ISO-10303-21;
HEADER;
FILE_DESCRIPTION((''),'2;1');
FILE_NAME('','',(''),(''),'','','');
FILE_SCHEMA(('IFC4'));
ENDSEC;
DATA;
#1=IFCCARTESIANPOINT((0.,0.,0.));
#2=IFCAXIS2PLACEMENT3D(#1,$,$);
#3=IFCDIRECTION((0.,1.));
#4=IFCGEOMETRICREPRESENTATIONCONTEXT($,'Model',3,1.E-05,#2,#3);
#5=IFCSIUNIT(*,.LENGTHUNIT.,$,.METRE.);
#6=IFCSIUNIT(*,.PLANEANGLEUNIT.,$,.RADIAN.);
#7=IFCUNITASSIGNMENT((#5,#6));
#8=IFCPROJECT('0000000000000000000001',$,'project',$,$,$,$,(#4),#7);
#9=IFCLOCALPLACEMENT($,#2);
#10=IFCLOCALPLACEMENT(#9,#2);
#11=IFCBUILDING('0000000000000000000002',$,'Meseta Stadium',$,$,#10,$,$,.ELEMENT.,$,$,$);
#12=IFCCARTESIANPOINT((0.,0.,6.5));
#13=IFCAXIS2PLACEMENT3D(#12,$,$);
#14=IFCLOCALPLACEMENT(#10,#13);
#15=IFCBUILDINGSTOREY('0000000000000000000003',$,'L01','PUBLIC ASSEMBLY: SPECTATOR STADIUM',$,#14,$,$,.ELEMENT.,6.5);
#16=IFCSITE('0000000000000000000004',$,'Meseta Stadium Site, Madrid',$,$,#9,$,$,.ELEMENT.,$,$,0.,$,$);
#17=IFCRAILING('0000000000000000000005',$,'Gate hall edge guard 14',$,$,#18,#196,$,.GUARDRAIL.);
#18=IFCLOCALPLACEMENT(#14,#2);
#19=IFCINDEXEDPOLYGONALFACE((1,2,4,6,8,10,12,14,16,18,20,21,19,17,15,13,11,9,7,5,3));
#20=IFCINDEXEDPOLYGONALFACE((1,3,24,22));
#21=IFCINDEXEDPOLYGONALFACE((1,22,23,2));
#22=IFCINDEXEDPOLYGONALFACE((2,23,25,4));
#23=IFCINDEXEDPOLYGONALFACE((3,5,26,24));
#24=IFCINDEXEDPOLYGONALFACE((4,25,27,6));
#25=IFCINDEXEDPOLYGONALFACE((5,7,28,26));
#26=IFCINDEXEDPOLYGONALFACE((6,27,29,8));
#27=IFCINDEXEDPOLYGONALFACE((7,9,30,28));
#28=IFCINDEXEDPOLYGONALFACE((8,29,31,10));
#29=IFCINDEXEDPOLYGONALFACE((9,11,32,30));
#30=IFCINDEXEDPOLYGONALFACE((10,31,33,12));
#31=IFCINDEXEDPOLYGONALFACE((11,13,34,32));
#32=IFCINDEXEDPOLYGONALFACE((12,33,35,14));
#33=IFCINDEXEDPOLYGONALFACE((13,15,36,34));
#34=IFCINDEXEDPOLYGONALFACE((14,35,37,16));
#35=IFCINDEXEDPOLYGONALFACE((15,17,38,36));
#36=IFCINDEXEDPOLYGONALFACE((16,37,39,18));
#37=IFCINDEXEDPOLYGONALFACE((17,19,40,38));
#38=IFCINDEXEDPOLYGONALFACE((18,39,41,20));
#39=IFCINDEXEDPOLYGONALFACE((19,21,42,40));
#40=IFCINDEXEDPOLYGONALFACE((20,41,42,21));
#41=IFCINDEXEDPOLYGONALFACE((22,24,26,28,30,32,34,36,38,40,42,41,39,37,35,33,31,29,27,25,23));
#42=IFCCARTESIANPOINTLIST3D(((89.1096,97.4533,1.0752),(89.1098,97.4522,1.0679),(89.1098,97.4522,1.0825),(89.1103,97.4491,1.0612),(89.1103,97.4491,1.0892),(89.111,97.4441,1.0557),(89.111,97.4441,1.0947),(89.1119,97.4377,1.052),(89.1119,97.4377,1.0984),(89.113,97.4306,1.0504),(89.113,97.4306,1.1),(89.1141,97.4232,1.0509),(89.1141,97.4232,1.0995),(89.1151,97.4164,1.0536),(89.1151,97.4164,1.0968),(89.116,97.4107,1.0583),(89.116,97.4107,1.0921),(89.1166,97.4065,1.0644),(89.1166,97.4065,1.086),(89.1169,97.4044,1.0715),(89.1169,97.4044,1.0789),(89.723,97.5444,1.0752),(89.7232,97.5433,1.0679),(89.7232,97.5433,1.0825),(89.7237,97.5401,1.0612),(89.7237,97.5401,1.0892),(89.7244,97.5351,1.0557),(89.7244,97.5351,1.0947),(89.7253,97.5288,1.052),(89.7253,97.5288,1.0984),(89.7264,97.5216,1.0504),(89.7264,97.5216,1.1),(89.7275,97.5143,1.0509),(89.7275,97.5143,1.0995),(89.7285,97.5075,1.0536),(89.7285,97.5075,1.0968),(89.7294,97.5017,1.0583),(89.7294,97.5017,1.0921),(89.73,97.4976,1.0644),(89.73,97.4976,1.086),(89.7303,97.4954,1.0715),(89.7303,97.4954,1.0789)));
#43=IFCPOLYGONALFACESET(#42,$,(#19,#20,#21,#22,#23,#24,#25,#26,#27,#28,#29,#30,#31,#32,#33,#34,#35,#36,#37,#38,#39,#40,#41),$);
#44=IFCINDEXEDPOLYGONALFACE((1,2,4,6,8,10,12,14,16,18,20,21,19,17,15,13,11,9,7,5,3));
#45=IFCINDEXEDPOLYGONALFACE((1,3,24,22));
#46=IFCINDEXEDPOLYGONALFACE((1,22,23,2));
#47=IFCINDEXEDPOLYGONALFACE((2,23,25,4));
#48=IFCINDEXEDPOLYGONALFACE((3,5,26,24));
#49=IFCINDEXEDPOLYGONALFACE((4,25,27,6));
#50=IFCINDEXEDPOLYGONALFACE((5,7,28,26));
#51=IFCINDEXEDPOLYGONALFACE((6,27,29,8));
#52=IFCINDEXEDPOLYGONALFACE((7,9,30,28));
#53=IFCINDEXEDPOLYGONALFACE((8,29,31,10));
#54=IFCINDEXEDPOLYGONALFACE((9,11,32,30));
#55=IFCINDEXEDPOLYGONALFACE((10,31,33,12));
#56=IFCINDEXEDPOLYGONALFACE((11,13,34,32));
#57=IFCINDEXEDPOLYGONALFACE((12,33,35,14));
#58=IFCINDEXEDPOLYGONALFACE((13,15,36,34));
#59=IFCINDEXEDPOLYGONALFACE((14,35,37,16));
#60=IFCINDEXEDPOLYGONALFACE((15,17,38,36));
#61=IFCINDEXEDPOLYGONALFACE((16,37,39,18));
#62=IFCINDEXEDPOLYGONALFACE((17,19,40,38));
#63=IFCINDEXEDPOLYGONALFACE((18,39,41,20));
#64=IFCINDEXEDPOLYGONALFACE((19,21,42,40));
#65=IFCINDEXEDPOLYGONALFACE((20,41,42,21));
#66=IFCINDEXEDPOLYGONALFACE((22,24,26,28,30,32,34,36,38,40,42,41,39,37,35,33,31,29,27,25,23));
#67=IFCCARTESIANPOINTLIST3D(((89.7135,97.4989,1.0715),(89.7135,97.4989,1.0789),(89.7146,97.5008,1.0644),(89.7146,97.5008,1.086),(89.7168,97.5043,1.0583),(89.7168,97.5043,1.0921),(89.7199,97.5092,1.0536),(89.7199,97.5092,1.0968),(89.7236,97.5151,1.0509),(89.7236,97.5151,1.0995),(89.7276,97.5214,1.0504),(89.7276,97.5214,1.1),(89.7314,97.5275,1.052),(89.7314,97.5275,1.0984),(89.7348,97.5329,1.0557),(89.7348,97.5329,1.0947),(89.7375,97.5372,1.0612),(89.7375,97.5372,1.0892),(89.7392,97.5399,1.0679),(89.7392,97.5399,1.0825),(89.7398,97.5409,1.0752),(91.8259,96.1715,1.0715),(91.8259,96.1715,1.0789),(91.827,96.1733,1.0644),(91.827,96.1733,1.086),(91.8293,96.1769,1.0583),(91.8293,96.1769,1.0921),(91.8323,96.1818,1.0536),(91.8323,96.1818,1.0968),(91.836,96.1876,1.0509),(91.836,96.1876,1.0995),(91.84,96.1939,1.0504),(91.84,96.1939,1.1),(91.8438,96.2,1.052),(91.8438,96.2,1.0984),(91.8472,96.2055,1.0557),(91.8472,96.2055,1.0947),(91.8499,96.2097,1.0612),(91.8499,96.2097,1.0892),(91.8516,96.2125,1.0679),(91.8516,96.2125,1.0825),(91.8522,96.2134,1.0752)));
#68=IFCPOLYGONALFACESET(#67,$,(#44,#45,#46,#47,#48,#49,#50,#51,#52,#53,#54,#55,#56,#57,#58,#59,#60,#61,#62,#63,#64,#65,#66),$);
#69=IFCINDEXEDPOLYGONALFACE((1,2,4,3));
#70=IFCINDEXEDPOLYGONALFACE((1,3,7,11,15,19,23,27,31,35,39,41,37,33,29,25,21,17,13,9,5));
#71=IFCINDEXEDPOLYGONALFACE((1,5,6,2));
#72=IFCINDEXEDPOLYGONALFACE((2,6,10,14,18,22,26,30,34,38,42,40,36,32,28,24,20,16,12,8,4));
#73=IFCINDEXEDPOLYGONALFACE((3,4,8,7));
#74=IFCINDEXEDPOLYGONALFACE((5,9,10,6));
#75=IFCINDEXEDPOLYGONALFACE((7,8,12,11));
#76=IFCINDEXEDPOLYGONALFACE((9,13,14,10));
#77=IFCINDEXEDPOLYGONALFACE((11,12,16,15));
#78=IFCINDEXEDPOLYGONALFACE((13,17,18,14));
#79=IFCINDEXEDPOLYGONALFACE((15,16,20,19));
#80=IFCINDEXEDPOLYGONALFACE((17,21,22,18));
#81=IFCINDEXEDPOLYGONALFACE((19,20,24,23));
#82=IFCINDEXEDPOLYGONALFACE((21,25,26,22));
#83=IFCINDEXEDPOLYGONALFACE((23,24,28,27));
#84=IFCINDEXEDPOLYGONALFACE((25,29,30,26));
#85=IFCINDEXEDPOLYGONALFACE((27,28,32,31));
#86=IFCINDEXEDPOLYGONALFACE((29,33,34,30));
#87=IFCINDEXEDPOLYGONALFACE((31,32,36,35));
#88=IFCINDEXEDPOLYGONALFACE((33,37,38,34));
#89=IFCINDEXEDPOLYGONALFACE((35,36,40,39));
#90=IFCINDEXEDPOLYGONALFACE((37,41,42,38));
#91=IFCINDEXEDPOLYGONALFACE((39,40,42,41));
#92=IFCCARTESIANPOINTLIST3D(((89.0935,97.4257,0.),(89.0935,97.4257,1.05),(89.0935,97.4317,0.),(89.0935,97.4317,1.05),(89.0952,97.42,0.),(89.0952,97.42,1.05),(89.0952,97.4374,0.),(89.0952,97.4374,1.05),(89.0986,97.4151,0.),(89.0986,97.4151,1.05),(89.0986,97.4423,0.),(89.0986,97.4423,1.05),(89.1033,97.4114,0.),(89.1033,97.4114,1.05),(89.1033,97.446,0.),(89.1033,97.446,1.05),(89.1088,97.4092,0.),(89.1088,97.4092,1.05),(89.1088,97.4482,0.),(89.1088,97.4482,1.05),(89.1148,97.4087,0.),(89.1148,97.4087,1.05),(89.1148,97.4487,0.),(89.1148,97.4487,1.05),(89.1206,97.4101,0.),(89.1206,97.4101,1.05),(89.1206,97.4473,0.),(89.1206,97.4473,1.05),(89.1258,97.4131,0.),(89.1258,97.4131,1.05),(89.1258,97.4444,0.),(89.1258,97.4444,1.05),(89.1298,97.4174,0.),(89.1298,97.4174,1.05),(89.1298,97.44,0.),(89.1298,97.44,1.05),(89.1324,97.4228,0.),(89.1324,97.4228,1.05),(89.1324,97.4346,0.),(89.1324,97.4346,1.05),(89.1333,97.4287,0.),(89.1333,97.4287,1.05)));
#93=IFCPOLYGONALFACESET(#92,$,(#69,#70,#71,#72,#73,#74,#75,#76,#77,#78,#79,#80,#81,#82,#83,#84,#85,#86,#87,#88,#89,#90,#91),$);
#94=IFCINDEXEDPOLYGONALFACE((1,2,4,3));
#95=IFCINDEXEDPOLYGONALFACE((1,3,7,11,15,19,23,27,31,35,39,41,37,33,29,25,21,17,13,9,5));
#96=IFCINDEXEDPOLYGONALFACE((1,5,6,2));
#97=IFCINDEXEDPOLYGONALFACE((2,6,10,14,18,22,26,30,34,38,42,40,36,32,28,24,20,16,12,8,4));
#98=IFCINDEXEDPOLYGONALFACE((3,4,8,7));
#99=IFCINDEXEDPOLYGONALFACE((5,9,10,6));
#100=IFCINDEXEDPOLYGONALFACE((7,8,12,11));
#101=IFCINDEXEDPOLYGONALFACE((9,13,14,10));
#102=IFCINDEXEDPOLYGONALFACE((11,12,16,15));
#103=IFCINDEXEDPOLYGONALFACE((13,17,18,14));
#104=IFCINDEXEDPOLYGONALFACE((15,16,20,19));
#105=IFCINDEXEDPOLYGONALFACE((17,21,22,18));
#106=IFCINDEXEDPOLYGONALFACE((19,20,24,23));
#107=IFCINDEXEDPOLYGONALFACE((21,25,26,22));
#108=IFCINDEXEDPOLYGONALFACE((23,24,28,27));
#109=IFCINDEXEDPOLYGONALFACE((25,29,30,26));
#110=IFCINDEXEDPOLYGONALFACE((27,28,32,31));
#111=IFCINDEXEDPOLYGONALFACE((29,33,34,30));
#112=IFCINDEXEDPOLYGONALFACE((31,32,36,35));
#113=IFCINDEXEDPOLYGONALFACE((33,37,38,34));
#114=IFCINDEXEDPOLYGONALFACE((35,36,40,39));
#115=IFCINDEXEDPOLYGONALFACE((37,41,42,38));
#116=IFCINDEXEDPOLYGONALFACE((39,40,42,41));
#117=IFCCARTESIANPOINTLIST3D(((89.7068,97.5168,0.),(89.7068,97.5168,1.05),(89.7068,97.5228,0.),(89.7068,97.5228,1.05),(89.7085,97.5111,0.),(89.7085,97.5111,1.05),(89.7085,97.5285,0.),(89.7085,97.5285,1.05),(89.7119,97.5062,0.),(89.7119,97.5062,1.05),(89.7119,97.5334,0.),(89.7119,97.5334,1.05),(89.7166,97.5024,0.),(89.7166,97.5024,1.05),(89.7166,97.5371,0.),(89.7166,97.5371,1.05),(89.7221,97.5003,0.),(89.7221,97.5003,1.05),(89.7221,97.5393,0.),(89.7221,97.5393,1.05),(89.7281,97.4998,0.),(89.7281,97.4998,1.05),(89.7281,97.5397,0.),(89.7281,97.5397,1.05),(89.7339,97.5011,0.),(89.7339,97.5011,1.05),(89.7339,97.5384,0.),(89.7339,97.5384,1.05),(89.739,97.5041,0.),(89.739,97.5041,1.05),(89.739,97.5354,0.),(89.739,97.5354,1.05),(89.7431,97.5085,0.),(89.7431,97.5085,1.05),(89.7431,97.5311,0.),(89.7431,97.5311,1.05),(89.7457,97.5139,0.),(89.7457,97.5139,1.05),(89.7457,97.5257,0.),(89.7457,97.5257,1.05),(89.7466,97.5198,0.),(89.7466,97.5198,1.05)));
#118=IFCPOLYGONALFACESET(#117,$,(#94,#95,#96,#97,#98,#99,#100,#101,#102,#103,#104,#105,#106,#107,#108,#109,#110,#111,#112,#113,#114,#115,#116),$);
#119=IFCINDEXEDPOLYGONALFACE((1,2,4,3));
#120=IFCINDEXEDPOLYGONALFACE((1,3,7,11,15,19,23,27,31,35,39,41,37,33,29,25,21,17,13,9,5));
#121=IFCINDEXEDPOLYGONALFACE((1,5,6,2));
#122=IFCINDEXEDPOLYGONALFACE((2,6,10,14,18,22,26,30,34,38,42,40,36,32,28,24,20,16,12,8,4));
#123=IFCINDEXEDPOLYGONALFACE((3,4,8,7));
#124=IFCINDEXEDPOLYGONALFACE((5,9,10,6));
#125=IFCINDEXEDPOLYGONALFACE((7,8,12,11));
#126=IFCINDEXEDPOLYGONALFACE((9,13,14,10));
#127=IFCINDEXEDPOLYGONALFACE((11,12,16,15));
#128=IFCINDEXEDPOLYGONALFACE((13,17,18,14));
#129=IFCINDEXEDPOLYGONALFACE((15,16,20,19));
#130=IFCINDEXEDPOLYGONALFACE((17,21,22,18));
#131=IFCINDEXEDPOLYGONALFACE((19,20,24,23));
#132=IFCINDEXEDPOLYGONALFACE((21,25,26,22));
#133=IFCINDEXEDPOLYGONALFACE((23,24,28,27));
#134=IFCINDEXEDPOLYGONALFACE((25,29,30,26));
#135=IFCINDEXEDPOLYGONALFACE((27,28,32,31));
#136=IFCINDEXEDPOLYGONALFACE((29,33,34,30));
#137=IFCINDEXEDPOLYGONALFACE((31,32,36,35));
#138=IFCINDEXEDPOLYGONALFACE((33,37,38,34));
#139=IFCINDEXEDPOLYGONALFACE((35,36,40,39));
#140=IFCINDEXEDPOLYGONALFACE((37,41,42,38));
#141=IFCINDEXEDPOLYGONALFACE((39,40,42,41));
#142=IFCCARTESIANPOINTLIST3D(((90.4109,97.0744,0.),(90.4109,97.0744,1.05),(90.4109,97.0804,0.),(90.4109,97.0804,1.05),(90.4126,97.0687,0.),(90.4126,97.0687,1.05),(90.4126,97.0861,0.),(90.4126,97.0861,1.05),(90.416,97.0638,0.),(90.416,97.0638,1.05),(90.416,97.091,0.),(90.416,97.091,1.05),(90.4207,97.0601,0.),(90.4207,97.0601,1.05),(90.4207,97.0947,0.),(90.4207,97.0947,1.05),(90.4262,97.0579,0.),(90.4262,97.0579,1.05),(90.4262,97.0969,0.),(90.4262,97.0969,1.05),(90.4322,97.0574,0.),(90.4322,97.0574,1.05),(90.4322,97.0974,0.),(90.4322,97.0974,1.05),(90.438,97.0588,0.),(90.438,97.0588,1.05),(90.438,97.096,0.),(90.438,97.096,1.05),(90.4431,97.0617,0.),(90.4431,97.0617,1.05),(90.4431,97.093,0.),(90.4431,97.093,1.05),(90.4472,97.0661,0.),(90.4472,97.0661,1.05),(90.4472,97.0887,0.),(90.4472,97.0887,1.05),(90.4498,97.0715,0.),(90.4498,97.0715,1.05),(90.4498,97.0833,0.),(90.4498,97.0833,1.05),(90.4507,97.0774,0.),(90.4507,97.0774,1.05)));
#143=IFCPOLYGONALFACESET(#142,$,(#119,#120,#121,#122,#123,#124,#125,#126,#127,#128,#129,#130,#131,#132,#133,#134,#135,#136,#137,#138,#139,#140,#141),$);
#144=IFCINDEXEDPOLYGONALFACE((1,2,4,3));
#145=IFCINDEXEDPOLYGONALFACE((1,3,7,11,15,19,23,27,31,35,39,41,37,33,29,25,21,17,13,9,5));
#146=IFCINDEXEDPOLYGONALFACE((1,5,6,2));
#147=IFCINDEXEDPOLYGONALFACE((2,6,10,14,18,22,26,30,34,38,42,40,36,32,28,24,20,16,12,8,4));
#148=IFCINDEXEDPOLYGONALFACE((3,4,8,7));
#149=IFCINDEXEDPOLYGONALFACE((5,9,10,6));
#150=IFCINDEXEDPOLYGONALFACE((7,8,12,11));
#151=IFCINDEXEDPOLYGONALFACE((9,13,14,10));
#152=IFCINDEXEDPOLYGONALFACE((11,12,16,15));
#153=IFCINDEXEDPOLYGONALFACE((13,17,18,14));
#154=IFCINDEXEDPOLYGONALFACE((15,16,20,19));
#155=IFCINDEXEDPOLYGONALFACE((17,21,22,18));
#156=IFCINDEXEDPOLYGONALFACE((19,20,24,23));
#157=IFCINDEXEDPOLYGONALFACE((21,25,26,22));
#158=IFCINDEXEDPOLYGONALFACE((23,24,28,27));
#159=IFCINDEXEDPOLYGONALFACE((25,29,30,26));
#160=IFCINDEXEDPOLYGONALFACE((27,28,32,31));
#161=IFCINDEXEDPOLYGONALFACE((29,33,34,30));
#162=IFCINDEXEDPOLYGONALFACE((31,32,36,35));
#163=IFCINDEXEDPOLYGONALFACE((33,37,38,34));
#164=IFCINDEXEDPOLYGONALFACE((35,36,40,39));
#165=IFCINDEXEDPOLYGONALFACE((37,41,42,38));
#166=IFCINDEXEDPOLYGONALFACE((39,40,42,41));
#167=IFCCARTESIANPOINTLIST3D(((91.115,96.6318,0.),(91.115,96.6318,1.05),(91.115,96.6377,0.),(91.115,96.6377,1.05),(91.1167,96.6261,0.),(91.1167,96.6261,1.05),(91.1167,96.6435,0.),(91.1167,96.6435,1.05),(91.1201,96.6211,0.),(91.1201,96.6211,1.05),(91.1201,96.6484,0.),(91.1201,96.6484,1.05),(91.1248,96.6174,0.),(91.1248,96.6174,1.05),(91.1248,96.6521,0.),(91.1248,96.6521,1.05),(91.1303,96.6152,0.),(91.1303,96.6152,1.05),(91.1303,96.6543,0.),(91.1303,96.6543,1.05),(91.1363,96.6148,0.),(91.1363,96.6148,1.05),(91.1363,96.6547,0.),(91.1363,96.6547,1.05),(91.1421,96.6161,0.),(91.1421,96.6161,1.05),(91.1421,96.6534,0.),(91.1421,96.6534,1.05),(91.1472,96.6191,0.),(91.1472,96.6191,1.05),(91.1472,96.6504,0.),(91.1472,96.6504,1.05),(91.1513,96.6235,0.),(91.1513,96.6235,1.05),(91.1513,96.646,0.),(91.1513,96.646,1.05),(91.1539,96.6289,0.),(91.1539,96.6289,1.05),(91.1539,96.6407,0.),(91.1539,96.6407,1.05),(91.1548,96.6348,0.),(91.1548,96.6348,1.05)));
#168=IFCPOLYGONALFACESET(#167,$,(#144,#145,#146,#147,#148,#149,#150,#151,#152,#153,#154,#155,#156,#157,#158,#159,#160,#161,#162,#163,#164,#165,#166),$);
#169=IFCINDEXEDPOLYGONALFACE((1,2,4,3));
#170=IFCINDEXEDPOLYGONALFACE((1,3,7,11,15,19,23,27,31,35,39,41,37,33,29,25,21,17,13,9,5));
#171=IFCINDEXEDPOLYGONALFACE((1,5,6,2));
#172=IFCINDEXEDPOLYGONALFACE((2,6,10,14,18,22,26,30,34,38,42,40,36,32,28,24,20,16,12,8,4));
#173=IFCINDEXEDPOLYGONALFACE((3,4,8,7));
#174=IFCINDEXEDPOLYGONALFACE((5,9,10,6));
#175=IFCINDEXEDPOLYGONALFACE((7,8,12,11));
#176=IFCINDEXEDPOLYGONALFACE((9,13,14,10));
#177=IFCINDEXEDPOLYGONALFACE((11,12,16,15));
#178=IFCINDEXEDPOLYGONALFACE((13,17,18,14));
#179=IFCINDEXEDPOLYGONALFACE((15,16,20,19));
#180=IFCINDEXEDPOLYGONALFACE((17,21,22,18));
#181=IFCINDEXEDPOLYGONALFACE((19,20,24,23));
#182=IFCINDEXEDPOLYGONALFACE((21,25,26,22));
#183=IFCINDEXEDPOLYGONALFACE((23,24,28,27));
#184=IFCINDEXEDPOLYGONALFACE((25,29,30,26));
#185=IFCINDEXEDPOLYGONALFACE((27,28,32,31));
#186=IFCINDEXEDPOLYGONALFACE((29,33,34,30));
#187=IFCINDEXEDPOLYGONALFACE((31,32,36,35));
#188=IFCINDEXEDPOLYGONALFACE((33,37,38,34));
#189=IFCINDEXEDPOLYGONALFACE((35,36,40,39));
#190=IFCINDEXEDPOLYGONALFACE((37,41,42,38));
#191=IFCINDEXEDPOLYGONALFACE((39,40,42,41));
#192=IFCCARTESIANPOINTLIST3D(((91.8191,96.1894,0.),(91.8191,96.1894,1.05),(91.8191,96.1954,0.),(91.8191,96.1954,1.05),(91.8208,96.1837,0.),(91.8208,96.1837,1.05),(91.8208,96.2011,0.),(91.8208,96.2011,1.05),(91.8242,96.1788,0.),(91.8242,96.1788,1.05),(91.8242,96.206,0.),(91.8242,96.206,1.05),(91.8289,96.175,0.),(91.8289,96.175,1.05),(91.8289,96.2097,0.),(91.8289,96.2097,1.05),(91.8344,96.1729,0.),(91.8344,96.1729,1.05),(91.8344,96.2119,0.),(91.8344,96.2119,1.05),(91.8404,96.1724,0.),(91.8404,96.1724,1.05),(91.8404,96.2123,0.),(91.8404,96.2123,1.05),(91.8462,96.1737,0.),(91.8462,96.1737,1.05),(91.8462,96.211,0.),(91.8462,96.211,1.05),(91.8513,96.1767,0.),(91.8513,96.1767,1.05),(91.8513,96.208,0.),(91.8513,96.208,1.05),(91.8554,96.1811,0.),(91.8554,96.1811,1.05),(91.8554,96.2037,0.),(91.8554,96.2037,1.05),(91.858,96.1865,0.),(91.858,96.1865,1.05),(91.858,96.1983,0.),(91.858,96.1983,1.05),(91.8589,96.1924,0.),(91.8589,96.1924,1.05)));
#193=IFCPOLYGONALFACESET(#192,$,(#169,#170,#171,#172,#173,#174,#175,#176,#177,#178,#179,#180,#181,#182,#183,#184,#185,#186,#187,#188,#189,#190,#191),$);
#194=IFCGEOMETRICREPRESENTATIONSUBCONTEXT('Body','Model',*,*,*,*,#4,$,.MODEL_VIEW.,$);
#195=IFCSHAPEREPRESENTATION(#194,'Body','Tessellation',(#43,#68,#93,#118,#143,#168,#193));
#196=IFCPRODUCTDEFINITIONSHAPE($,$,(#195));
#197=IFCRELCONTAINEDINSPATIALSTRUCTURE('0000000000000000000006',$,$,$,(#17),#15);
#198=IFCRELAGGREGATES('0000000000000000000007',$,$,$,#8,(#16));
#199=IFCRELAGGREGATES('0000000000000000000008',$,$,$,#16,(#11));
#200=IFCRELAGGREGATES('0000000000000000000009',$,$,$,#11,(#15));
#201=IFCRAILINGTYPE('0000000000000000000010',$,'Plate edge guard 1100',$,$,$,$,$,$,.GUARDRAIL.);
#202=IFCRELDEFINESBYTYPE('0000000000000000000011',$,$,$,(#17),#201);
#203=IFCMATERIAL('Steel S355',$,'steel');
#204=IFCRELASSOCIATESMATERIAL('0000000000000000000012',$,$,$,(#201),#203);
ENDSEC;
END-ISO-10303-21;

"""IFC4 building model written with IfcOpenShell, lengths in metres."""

from ifc_helpers import new_model, si_unit, direction, frame, origin, origin_2d, place, context, subcontext, project, spatial, circle, extrude, material, type_object, element, save


model = new_model("IFC4")

# Units and contexts
model_context = context("Model", 3, precision=1e-05, world=origin(), true_north=direction((0.0, 1.0)))
body_context = subcontext(model_context, "Body", "Model", "MODEL_VIEW")
ifc_project = project(units=[si_unit("LENGTHUNIT", "METRE"), si_unit("PLANEANGLEUNIT", "RADIAN")], contexts=[model_context])

# Site, building, storey
site_placement = place(None, origin())
site = spatial("IfcSite", under=ifc_project, at=site_placement, Name="Meseta Stadium Site, Madrid", CompositionType="ELEMENT", RefElevation=0.0)
building_placement = place(site_placement, origin())
building = spatial("IfcBuilding", under=site, at=building_placement, Name="Meseta Stadium", CompositionType="ELEMENT")
storey_placement = place(building_placement, frame((0.0, 0.0, 6.5)))
storey = spatial("IfcBuildingStorey", under=building, at=storey_placement, Name="L01", Description="PUBLIC ASSEMBLY: SPECTATOR STADIUM", CompositionType="ELEMENT", Elevation=6.5)

# Railing
ifc_material_1 = material(Name="Steel S355", Category="steel")
railing_type = type_object("IfcRailingType", Name="Plate edge guard 1100", PredefinedType="GUARDRAIL", material=ifc_material_1)
railing_placement = place(storey_placement, frame((89.1133, 97.4287, 0.0)))
element("IfcRailing", 1, at=railing_placement, inside=storey, type_object=railing_type, Name="Gate hall edge guard 14", PredefinedType="GUARDRAIL", context=body_context, shape_type="SweptSolid", body=[
    extrude(circle(Radius=0.0249, at=origin_2d()), frame((0.0, 0.0, 1.0752), z_axis=(0.989155, 0.146877, 0.0), x_axis=(-0.146877, 0.989155, 0.0)), (0.0, 0.0, 1.0), 0.6201),
    extrude(circle(Radius=0.0249, at=origin_2d()), frame((0.6133, 0.0911, 1.0752), z_axis=(0.846698, -0.532073, 0.0), x_axis=(0.532073, 0.846698, 0.0)), (0.0, 0.0, 1.0), 2.4949),
    extrude(circle(Radius=0.02, at=origin_2d()), origin(), (0.0, 0.0, 1.0), 1.05),
    extrude(circle(Radius=0.02, at=origin_2d()), frame((0.6133, 0.0911, 0.0)), (0.0, 0.0, 1.0), 1.05),
    extrude(circle(Radius=0.02, at=origin_2d()), frame((1.3174, -0.3513, 0.0)), (0.0, 0.0, 1.0), 1.05),
    extrude(circle(Radius=0.02, at=origin_2d()), frame((2.0215, -0.7939, 0.0)), (0.0, 0.0, 1.0), 1.05),
    extrude(circle(Radius=0.02, at=origin_2d()), frame((2.7256, -1.2363, 0.0)), (0.0, 0.0, 1.0), 1.05),
])

save(model, "model.ifc")
